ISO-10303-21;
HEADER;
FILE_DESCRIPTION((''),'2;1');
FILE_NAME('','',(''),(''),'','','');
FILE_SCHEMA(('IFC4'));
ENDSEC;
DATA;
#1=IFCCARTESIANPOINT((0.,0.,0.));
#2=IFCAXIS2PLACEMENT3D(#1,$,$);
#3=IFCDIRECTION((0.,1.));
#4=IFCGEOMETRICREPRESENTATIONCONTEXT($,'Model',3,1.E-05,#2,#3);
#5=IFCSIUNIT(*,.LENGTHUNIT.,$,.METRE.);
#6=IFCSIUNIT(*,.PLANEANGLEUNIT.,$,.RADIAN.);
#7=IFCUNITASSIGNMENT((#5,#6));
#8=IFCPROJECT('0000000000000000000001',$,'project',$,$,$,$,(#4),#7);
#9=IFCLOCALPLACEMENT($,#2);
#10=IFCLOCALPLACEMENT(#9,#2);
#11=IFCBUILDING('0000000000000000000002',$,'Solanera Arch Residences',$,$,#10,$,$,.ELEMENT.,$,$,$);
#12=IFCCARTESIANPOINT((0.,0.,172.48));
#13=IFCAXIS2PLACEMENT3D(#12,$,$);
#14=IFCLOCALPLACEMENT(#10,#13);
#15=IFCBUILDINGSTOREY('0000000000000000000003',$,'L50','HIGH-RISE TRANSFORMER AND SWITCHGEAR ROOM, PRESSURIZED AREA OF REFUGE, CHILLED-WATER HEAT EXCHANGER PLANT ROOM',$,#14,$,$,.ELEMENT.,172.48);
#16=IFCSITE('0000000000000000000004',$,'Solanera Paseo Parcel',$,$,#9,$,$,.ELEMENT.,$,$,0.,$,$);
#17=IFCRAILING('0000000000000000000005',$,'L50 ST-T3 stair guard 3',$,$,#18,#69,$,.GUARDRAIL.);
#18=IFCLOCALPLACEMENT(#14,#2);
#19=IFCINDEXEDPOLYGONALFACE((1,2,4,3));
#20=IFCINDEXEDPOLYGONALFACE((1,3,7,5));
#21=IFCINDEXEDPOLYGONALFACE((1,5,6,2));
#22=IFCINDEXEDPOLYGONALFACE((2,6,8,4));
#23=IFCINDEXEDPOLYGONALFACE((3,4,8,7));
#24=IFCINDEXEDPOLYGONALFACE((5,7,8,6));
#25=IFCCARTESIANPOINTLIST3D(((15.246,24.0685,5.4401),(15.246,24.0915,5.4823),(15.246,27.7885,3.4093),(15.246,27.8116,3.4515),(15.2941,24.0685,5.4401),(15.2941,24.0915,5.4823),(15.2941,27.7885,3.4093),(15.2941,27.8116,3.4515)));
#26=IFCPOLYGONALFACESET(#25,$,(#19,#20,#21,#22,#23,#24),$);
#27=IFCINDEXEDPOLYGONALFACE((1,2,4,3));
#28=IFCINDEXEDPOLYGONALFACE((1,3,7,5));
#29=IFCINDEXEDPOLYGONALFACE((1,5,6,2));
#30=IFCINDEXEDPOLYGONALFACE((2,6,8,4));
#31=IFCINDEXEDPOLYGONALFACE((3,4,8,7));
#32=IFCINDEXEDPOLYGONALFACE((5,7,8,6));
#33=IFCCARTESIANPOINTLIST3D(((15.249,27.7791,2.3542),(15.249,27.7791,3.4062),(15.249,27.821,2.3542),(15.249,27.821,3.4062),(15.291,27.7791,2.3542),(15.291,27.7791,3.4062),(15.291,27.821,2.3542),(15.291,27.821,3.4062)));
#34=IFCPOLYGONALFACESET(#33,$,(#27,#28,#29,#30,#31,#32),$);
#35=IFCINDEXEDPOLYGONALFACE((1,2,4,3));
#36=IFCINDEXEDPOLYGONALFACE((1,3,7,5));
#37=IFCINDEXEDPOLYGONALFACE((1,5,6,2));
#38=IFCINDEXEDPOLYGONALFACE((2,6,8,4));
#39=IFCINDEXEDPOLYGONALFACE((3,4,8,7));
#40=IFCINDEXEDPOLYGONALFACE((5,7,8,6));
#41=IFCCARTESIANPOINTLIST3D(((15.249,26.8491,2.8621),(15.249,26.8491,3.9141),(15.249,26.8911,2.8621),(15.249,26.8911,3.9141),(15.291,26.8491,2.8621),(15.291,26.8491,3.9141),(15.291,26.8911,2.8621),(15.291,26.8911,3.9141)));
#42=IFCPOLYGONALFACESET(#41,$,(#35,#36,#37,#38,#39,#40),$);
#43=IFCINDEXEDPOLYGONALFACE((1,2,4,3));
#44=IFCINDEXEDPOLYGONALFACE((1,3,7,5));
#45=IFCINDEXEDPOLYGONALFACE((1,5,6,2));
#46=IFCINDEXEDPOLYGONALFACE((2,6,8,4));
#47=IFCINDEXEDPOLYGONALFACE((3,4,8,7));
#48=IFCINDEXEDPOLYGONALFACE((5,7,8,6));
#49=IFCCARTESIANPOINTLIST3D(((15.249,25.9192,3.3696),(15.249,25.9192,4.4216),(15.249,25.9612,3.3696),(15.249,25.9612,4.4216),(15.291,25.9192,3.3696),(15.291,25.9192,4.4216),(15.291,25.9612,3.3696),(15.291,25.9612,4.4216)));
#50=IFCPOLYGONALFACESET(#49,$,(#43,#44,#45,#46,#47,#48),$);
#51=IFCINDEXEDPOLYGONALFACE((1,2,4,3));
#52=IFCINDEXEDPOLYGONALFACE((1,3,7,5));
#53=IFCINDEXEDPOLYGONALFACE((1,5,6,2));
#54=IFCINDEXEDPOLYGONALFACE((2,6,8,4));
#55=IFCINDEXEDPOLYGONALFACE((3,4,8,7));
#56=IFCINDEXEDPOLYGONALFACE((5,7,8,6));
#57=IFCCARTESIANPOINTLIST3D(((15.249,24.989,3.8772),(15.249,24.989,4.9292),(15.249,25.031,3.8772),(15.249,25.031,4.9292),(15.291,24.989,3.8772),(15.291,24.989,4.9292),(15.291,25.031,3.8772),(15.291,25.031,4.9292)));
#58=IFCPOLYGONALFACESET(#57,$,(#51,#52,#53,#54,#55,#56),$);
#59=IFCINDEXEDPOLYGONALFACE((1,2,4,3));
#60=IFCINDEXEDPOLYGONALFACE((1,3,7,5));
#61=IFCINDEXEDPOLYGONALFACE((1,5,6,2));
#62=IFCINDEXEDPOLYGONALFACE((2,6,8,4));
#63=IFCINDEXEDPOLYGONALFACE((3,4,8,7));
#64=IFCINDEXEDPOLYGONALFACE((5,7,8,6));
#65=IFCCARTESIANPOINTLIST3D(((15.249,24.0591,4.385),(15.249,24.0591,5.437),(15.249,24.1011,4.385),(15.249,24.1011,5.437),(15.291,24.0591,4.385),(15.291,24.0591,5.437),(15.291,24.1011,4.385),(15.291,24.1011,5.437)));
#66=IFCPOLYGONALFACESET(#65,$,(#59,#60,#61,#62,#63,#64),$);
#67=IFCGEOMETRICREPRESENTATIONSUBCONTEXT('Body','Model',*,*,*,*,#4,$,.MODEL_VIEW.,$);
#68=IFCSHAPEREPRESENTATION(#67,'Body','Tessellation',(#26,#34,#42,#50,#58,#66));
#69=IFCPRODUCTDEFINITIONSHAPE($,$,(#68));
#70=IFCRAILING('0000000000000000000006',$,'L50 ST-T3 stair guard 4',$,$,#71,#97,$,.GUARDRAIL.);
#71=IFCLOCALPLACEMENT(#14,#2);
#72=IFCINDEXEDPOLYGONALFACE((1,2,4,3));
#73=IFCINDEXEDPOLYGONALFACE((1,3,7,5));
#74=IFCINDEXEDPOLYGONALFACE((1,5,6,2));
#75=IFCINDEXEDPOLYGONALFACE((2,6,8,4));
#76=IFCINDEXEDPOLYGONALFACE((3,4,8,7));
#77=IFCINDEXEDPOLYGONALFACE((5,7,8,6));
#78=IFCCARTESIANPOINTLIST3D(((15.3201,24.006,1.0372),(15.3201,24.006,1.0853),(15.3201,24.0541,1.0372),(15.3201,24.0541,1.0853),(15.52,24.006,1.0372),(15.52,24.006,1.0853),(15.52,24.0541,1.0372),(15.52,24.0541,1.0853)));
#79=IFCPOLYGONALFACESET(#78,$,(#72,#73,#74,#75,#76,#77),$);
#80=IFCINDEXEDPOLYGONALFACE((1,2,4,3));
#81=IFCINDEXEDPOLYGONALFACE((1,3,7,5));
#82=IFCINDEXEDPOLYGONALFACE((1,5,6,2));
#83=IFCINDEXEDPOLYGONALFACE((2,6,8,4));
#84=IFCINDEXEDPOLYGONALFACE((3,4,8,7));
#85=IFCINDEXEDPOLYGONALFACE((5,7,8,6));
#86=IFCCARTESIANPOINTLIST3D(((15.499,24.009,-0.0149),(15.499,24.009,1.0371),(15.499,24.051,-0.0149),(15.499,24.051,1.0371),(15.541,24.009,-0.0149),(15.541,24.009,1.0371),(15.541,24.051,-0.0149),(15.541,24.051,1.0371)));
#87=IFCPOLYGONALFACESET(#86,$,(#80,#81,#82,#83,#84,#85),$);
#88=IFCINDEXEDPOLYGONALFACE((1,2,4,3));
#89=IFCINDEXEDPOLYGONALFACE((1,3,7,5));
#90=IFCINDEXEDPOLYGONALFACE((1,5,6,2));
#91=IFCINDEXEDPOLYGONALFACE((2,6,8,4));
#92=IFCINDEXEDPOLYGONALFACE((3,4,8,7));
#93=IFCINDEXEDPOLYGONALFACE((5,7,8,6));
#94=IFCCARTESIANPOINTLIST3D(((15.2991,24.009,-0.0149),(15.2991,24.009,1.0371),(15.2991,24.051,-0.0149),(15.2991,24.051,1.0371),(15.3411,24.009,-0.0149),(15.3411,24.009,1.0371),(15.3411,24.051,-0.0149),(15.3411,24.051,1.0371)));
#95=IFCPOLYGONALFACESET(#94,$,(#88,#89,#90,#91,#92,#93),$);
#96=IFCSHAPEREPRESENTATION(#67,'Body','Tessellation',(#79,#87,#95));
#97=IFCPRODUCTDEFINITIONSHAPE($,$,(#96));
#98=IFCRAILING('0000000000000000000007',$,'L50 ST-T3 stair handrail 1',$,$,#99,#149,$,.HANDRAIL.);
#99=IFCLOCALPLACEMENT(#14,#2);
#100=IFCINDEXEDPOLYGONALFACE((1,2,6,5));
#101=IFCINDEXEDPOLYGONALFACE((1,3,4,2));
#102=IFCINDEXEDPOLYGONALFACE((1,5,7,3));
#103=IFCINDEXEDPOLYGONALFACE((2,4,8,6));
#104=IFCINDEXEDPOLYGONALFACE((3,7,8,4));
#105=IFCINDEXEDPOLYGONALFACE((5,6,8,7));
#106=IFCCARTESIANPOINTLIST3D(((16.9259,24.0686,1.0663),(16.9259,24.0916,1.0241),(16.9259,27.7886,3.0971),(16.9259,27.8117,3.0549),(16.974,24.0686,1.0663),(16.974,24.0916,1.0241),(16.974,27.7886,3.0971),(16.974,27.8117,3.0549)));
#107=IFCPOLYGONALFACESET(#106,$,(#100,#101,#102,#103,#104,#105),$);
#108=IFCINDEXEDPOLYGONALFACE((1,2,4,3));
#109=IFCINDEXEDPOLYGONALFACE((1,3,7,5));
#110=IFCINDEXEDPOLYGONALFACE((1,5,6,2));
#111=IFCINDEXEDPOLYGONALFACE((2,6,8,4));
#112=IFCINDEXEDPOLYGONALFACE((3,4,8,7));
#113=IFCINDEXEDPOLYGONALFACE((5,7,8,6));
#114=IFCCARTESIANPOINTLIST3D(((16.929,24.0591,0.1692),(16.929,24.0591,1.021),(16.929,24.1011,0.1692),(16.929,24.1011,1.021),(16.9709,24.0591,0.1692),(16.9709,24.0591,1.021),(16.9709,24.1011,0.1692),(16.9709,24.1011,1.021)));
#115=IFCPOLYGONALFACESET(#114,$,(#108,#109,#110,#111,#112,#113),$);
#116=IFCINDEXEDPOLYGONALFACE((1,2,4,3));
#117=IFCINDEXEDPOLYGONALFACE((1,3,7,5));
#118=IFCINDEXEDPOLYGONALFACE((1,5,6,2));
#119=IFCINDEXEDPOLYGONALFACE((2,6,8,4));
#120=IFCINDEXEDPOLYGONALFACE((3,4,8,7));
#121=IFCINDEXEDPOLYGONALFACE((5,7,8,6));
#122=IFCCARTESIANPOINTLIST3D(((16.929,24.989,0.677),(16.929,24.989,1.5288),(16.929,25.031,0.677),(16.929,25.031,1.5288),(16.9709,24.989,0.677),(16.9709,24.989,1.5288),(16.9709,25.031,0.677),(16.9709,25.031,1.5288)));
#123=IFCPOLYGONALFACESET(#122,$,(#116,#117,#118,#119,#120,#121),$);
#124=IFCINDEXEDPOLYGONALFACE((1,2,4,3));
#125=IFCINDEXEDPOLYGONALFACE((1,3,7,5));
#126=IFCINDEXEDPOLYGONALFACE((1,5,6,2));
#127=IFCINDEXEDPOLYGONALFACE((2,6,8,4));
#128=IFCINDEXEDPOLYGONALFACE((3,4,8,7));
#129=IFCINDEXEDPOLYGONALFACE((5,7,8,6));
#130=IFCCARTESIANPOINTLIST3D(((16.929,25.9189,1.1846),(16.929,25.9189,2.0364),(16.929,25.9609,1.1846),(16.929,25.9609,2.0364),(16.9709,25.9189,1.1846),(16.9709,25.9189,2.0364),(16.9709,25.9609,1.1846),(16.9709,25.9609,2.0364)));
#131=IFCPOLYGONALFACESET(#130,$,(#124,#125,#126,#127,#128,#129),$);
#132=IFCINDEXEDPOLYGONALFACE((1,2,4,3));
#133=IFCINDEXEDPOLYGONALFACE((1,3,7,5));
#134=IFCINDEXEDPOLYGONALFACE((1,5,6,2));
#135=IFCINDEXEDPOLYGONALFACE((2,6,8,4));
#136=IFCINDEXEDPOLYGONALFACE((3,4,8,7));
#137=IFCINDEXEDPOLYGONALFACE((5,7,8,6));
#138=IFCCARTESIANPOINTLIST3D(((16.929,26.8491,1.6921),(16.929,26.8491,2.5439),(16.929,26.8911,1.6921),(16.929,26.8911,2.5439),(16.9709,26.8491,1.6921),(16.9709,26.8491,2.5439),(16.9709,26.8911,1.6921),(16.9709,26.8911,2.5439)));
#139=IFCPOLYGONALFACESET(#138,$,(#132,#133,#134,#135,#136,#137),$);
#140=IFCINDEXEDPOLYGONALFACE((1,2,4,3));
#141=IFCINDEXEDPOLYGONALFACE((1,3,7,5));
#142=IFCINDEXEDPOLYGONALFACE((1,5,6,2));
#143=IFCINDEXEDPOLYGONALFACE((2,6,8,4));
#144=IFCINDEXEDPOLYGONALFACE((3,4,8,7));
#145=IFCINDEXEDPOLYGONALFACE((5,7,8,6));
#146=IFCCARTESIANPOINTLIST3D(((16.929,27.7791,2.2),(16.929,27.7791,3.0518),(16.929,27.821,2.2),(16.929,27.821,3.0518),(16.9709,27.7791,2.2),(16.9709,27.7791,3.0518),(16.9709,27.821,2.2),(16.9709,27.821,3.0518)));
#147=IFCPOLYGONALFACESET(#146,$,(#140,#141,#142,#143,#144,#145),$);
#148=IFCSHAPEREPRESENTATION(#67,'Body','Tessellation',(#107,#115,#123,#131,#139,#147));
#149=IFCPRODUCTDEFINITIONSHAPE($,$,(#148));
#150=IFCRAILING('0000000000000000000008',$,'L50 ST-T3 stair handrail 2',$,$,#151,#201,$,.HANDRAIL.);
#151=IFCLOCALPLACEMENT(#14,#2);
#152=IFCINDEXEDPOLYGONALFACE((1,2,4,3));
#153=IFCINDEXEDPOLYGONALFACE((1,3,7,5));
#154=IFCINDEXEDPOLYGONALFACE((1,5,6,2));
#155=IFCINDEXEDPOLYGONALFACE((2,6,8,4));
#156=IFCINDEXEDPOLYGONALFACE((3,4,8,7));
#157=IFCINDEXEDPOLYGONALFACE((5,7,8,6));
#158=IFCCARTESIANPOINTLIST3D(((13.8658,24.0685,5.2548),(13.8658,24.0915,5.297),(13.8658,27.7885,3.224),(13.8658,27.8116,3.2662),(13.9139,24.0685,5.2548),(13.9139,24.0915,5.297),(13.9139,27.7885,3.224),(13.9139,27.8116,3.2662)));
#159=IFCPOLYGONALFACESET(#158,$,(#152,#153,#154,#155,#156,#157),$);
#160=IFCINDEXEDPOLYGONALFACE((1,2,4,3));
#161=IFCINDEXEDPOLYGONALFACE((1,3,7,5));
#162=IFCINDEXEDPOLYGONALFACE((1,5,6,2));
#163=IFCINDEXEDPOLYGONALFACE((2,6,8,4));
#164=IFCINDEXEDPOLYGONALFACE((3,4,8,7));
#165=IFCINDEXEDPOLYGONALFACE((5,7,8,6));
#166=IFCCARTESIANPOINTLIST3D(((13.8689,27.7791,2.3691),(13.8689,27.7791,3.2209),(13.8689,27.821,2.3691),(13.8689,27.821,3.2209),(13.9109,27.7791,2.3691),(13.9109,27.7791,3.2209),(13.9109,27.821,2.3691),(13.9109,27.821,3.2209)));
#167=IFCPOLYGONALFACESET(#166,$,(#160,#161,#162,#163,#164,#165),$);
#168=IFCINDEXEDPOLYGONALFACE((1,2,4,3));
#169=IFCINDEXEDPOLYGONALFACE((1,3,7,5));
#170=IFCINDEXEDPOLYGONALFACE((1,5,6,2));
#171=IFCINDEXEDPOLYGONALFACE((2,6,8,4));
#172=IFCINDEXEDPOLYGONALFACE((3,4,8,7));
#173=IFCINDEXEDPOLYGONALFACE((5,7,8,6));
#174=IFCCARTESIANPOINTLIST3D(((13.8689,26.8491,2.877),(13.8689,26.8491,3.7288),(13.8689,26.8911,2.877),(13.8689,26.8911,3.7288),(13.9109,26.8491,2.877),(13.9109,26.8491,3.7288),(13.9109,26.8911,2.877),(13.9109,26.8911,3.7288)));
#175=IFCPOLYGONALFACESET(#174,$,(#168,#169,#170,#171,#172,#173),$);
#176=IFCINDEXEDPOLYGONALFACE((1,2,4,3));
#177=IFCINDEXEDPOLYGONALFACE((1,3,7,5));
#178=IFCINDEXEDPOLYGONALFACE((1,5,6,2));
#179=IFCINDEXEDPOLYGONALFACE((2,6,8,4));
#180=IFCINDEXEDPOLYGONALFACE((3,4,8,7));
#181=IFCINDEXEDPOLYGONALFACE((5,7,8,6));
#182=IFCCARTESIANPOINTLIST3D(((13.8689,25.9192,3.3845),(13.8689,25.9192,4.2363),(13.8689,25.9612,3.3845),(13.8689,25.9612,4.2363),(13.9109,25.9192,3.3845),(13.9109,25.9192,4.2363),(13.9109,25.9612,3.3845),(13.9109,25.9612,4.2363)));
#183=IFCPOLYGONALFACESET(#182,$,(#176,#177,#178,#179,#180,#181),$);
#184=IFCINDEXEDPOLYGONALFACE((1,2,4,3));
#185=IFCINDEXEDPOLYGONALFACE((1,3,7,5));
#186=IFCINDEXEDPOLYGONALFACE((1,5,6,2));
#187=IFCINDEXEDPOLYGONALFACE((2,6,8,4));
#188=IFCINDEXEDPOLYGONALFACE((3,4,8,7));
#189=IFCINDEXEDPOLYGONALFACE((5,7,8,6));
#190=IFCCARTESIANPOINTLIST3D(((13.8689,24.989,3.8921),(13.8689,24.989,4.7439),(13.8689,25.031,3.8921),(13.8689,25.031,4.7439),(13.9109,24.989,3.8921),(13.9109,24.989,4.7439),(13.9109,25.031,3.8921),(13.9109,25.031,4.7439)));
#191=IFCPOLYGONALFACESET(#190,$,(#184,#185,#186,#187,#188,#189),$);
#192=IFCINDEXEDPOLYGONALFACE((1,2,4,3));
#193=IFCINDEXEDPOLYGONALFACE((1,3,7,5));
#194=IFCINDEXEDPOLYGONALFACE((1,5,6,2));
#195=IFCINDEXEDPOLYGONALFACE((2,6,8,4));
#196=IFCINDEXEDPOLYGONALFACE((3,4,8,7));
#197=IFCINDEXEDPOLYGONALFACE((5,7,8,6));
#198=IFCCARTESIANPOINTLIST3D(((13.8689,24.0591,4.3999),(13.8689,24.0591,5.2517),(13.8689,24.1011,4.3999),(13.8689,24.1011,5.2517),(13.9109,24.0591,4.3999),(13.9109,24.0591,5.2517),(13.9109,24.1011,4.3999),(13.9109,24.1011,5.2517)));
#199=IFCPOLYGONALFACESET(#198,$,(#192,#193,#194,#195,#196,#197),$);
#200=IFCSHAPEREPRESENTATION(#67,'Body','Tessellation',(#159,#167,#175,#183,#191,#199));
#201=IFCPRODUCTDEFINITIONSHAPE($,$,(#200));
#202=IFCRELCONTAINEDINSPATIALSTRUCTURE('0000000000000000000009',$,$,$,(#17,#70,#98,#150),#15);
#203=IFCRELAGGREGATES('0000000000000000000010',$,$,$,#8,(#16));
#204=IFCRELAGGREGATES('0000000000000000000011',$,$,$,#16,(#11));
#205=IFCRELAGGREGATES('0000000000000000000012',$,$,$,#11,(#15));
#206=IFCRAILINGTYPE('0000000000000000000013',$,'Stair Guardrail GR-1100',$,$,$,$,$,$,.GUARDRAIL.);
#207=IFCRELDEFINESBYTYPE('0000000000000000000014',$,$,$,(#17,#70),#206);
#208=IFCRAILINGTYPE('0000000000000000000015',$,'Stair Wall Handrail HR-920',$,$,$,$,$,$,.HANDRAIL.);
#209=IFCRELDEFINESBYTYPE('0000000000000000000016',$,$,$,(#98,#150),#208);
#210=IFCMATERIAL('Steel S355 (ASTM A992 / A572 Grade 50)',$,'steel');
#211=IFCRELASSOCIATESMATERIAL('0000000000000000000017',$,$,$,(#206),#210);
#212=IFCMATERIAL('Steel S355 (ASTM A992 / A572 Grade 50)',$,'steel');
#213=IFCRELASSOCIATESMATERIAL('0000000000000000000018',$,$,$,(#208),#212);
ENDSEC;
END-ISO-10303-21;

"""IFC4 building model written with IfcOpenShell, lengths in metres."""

from ifc_helpers import new_model, si_unit, direction, frame, origin, origin_2d, place, context, subcontext, project, spatial, rectangle, extrude, material, type_object, element, save


model = new_model("IFC4")

# Units and contexts
model_context = context("Model", 3, precision=1e-05, world=origin(), true_north=direction((0.0, 1.0)))
body_context = subcontext(model_context, "Body", "Model", "MODEL_VIEW")
ifc_project = project(units=[si_unit("LENGTHUNIT", "METRE"), si_unit("PLANEANGLEUNIT", "RADIAN")], contexts=[model_context])

# Site, building, storey
site_placement = place(None, origin())
site = spatial("IfcSite", under=ifc_project, at=site_placement, Name="Solanera Paseo Parcel", CompositionType="ELEMENT", RefElevation=0.0)
building_placement = place(site_placement, origin())
building = spatial("IfcBuilding", under=site, at=building_placement, Name="Solanera Arch Residences", CompositionType="ELEMENT")
storey_placement = place(building_placement, frame((0.0, 0.0, 172.48)))
storey = spatial("IfcBuildingStorey", under=building, at=storey_placement, Name="L50", Description="HIGH-RISE TRANSFORMER AND SWITCHGEAR ROOM, PRESSURIZED AREA OF REFUGE, CHILLED-WATER HEAT EXCHANGER PLANT ROOM", CompositionType="ELEMENT", Elevation=172.48)

# Railings
ifc_material_1 = material(Name="Steel S355 (ASTM A992 / A572 Grade 50)", Category="steel")
railing_type_1 = type_object("IfcRailingType", Name="Stair Guardrail GR-1100", PredefinedType="GUARDRAIL", material=ifc_material_1)
railing_1_placement = place(storey_placement, frame((15.27, 27.8, 2.3542)))
element("IfcRailing", 1, at=railing_1_placement, inside=storey, type_object=railing_type_1, Name="L50 ST-T3 stair guard 3", PredefinedType="GUARDRAIL", context=body_context, shape_type="SweptSolid", body=[
    extrude(rectangle(XDim=0.0481, YDim=0.0481, at=origin_2d()), frame((0.0, 0.0, 1.0762), z_axis=(0.0, -0.877728, 0.479159), x_axis=(1.0, 0.0, 0.0)), (0.0, 0.0, 1.0), 4.2383),
    extrude(rectangle(XDim=0.042, YDim=0.042, at=origin_2d()), origin(), (0.0, 0.0, 1.0), 1.052),
    extrude(rectangle(XDim=0.042, YDim=0.042, at=origin_2d()), frame((0.0, -0.9299, 0.5078)), (0.0, 0.0, 1.0), 1.052),
    extrude(rectangle(XDim=0.042, YDim=0.042, at=origin_2d()), frame((0.0, -1.8599, 1.0154)), (0.0, 0.0, 1.0), 1.052),
    extrude(rectangle(XDim=0.042, YDim=0.042, at=origin_2d()), frame((0.0, -2.79, 1.5229)), (0.0, 0.0, 1.0), 1.052),
    extrude(rectangle(XDim=0.042, YDim=0.042, at=origin_2d()), frame((0.0, -3.72, 2.0308)), (0.0, 0.0, 1.0), 1.052),
])
railing_2_placement = place(storey_placement, frame((15.52, 24.03, -0.0149)))
element("IfcRailing", 2, at=railing_2_placement, inside=storey, type_object=railing_type_1, Name="L50 ST-T3 stair guard 4", PredefinedType="GUARDRAIL", context=body_context, shape_type="SweptSolid", body=[
    extrude(rectangle(XDim=0.0481, YDim=0.0481, at=origin_2d()), frame((0.0, 0.0, 1.0762), z_axis=(-1.0, 0.0, 0.0), x_axis=(0.0, -1.0, 0.0)), (0.0, 0.0, 1.0), 0.2),
    extrude(rectangle(XDim=0.042, YDim=0.042, at=origin_2d()), origin(), (0.0, 0.0, 1.0), 1.052),
    extrude(rectangle(XDim=0.042, YDim=0.042, at=origin_2d()), frame((-0.2, 0.0, 0.0)), (0.0, 0.0, 1.0), 1.052),
])
ifc_material_2 = material(Name="Steel S355 (ASTM A992 / A572 Grade 50)", Category="steel")
railing_type_2 = type_object("IfcRailingType", Name="Stair Wall Handrail HR-920", PredefinedType="HANDRAIL", material=ifc_material_2)
railing_3_placement = place(storey_placement, frame((16.95, 24.0801, 0.1692)))
element("IfcRailing", 3, at=railing_3_placement, inside=storey, type_object=railing_type_2, Name="L50 ST-T3 stair handrail 1", PredefinedType="HANDRAIL", context=body_context, shape_type="SweptSolid", body=[
    extrude(rectangle(XDim=0.0481, YDim=0.0481, at=origin_2d()), frame((0.0, 0.0, 0.876), z_axis=(0.0, 0.877728, 0.479159), x_axis=(-1.0, 0.0, 0.0)), (0.0, 0.0, 1.0), 4.2383),
    extrude(rectangle(XDim=0.042, YDim=0.042, at=origin_2d()), origin(), (0.0, 0.0, 1.0), 0.8518),
    extrude(rectangle(XDim=0.042, YDim=0.042, at=origin_2d()), frame((0.0, 0.9299, 0.5078)), (0.0, 0.0, 1.0), 0.8518),
    extrude(rectangle(XDim=0.042, YDim=0.042, at=origin_2d()), frame((0.0, 1.8599, 1.0154)), (0.0, 0.0, 1.0), 0.8518),
    extrude(rectangle(XDim=0.042, YDim=0.042, at=origin_2d()), frame((0.0, 2.79, 1.5229)), (0.0, 0.0, 1.0), 0.8518),
    extrude(rectangle(XDim=0.042, YDim=0.042, at=origin_2d()), frame((0.0, 3.72, 2.0308)), (0.0, 0.0, 1.0), 0.8518),
])
railing_4_placement = place(storey_placement, frame((13.8899, 27.8, 2.3691)))
element("IfcRailing", 4, at=railing_4_placement, inside=storey, type_object=railing_type_2, Name="L50 ST-T3 stair handrail 2", PredefinedType="HANDRAIL", context=body_context, shape_type="SweptSolid", body=[
    extrude(rectangle(XDim=0.0481, YDim=0.0481, at=origin_2d()), frame((0.0, 0.0, 0.876), z_axis=(0.0, -0.877728, 0.479159), x_axis=(1.0, 0.0, 0.0)), (0.0, 0.0, 1.0), 4.2383),
    extrude(rectangle(XDim=0.042, YDim=0.042, at=origin_2d()), origin(), (0.0, 0.0, 1.0), 0.8518),
    extrude(rectangle(XDim=0.042, YDim=0.042, at=origin_2d()), frame((0.0, -0.9299, 0.5078)), (0.0, 0.0, 1.0), 0.8518),
    extrude(rectangle(XDim=0.042, YDim=0.042, at=origin_2d()), frame((0.0, -1.8599, 1.0154)), (0.0, 0.0, 1.0), 0.8518),
    extrude(rectangle(XDim=0.042, YDim=0.042, at=origin_2d()), frame((0.0, -2.79, 1.5229)), (0.0, 0.0, 1.0), 0.8518),
    extrude(rectangle(XDim=0.042, YDim=0.042, at=origin_2d()), frame((0.0, -3.72, 2.0308)), (0.0, 0.0, 1.0), 0.8518),
])

save(model, "model.ifc")
